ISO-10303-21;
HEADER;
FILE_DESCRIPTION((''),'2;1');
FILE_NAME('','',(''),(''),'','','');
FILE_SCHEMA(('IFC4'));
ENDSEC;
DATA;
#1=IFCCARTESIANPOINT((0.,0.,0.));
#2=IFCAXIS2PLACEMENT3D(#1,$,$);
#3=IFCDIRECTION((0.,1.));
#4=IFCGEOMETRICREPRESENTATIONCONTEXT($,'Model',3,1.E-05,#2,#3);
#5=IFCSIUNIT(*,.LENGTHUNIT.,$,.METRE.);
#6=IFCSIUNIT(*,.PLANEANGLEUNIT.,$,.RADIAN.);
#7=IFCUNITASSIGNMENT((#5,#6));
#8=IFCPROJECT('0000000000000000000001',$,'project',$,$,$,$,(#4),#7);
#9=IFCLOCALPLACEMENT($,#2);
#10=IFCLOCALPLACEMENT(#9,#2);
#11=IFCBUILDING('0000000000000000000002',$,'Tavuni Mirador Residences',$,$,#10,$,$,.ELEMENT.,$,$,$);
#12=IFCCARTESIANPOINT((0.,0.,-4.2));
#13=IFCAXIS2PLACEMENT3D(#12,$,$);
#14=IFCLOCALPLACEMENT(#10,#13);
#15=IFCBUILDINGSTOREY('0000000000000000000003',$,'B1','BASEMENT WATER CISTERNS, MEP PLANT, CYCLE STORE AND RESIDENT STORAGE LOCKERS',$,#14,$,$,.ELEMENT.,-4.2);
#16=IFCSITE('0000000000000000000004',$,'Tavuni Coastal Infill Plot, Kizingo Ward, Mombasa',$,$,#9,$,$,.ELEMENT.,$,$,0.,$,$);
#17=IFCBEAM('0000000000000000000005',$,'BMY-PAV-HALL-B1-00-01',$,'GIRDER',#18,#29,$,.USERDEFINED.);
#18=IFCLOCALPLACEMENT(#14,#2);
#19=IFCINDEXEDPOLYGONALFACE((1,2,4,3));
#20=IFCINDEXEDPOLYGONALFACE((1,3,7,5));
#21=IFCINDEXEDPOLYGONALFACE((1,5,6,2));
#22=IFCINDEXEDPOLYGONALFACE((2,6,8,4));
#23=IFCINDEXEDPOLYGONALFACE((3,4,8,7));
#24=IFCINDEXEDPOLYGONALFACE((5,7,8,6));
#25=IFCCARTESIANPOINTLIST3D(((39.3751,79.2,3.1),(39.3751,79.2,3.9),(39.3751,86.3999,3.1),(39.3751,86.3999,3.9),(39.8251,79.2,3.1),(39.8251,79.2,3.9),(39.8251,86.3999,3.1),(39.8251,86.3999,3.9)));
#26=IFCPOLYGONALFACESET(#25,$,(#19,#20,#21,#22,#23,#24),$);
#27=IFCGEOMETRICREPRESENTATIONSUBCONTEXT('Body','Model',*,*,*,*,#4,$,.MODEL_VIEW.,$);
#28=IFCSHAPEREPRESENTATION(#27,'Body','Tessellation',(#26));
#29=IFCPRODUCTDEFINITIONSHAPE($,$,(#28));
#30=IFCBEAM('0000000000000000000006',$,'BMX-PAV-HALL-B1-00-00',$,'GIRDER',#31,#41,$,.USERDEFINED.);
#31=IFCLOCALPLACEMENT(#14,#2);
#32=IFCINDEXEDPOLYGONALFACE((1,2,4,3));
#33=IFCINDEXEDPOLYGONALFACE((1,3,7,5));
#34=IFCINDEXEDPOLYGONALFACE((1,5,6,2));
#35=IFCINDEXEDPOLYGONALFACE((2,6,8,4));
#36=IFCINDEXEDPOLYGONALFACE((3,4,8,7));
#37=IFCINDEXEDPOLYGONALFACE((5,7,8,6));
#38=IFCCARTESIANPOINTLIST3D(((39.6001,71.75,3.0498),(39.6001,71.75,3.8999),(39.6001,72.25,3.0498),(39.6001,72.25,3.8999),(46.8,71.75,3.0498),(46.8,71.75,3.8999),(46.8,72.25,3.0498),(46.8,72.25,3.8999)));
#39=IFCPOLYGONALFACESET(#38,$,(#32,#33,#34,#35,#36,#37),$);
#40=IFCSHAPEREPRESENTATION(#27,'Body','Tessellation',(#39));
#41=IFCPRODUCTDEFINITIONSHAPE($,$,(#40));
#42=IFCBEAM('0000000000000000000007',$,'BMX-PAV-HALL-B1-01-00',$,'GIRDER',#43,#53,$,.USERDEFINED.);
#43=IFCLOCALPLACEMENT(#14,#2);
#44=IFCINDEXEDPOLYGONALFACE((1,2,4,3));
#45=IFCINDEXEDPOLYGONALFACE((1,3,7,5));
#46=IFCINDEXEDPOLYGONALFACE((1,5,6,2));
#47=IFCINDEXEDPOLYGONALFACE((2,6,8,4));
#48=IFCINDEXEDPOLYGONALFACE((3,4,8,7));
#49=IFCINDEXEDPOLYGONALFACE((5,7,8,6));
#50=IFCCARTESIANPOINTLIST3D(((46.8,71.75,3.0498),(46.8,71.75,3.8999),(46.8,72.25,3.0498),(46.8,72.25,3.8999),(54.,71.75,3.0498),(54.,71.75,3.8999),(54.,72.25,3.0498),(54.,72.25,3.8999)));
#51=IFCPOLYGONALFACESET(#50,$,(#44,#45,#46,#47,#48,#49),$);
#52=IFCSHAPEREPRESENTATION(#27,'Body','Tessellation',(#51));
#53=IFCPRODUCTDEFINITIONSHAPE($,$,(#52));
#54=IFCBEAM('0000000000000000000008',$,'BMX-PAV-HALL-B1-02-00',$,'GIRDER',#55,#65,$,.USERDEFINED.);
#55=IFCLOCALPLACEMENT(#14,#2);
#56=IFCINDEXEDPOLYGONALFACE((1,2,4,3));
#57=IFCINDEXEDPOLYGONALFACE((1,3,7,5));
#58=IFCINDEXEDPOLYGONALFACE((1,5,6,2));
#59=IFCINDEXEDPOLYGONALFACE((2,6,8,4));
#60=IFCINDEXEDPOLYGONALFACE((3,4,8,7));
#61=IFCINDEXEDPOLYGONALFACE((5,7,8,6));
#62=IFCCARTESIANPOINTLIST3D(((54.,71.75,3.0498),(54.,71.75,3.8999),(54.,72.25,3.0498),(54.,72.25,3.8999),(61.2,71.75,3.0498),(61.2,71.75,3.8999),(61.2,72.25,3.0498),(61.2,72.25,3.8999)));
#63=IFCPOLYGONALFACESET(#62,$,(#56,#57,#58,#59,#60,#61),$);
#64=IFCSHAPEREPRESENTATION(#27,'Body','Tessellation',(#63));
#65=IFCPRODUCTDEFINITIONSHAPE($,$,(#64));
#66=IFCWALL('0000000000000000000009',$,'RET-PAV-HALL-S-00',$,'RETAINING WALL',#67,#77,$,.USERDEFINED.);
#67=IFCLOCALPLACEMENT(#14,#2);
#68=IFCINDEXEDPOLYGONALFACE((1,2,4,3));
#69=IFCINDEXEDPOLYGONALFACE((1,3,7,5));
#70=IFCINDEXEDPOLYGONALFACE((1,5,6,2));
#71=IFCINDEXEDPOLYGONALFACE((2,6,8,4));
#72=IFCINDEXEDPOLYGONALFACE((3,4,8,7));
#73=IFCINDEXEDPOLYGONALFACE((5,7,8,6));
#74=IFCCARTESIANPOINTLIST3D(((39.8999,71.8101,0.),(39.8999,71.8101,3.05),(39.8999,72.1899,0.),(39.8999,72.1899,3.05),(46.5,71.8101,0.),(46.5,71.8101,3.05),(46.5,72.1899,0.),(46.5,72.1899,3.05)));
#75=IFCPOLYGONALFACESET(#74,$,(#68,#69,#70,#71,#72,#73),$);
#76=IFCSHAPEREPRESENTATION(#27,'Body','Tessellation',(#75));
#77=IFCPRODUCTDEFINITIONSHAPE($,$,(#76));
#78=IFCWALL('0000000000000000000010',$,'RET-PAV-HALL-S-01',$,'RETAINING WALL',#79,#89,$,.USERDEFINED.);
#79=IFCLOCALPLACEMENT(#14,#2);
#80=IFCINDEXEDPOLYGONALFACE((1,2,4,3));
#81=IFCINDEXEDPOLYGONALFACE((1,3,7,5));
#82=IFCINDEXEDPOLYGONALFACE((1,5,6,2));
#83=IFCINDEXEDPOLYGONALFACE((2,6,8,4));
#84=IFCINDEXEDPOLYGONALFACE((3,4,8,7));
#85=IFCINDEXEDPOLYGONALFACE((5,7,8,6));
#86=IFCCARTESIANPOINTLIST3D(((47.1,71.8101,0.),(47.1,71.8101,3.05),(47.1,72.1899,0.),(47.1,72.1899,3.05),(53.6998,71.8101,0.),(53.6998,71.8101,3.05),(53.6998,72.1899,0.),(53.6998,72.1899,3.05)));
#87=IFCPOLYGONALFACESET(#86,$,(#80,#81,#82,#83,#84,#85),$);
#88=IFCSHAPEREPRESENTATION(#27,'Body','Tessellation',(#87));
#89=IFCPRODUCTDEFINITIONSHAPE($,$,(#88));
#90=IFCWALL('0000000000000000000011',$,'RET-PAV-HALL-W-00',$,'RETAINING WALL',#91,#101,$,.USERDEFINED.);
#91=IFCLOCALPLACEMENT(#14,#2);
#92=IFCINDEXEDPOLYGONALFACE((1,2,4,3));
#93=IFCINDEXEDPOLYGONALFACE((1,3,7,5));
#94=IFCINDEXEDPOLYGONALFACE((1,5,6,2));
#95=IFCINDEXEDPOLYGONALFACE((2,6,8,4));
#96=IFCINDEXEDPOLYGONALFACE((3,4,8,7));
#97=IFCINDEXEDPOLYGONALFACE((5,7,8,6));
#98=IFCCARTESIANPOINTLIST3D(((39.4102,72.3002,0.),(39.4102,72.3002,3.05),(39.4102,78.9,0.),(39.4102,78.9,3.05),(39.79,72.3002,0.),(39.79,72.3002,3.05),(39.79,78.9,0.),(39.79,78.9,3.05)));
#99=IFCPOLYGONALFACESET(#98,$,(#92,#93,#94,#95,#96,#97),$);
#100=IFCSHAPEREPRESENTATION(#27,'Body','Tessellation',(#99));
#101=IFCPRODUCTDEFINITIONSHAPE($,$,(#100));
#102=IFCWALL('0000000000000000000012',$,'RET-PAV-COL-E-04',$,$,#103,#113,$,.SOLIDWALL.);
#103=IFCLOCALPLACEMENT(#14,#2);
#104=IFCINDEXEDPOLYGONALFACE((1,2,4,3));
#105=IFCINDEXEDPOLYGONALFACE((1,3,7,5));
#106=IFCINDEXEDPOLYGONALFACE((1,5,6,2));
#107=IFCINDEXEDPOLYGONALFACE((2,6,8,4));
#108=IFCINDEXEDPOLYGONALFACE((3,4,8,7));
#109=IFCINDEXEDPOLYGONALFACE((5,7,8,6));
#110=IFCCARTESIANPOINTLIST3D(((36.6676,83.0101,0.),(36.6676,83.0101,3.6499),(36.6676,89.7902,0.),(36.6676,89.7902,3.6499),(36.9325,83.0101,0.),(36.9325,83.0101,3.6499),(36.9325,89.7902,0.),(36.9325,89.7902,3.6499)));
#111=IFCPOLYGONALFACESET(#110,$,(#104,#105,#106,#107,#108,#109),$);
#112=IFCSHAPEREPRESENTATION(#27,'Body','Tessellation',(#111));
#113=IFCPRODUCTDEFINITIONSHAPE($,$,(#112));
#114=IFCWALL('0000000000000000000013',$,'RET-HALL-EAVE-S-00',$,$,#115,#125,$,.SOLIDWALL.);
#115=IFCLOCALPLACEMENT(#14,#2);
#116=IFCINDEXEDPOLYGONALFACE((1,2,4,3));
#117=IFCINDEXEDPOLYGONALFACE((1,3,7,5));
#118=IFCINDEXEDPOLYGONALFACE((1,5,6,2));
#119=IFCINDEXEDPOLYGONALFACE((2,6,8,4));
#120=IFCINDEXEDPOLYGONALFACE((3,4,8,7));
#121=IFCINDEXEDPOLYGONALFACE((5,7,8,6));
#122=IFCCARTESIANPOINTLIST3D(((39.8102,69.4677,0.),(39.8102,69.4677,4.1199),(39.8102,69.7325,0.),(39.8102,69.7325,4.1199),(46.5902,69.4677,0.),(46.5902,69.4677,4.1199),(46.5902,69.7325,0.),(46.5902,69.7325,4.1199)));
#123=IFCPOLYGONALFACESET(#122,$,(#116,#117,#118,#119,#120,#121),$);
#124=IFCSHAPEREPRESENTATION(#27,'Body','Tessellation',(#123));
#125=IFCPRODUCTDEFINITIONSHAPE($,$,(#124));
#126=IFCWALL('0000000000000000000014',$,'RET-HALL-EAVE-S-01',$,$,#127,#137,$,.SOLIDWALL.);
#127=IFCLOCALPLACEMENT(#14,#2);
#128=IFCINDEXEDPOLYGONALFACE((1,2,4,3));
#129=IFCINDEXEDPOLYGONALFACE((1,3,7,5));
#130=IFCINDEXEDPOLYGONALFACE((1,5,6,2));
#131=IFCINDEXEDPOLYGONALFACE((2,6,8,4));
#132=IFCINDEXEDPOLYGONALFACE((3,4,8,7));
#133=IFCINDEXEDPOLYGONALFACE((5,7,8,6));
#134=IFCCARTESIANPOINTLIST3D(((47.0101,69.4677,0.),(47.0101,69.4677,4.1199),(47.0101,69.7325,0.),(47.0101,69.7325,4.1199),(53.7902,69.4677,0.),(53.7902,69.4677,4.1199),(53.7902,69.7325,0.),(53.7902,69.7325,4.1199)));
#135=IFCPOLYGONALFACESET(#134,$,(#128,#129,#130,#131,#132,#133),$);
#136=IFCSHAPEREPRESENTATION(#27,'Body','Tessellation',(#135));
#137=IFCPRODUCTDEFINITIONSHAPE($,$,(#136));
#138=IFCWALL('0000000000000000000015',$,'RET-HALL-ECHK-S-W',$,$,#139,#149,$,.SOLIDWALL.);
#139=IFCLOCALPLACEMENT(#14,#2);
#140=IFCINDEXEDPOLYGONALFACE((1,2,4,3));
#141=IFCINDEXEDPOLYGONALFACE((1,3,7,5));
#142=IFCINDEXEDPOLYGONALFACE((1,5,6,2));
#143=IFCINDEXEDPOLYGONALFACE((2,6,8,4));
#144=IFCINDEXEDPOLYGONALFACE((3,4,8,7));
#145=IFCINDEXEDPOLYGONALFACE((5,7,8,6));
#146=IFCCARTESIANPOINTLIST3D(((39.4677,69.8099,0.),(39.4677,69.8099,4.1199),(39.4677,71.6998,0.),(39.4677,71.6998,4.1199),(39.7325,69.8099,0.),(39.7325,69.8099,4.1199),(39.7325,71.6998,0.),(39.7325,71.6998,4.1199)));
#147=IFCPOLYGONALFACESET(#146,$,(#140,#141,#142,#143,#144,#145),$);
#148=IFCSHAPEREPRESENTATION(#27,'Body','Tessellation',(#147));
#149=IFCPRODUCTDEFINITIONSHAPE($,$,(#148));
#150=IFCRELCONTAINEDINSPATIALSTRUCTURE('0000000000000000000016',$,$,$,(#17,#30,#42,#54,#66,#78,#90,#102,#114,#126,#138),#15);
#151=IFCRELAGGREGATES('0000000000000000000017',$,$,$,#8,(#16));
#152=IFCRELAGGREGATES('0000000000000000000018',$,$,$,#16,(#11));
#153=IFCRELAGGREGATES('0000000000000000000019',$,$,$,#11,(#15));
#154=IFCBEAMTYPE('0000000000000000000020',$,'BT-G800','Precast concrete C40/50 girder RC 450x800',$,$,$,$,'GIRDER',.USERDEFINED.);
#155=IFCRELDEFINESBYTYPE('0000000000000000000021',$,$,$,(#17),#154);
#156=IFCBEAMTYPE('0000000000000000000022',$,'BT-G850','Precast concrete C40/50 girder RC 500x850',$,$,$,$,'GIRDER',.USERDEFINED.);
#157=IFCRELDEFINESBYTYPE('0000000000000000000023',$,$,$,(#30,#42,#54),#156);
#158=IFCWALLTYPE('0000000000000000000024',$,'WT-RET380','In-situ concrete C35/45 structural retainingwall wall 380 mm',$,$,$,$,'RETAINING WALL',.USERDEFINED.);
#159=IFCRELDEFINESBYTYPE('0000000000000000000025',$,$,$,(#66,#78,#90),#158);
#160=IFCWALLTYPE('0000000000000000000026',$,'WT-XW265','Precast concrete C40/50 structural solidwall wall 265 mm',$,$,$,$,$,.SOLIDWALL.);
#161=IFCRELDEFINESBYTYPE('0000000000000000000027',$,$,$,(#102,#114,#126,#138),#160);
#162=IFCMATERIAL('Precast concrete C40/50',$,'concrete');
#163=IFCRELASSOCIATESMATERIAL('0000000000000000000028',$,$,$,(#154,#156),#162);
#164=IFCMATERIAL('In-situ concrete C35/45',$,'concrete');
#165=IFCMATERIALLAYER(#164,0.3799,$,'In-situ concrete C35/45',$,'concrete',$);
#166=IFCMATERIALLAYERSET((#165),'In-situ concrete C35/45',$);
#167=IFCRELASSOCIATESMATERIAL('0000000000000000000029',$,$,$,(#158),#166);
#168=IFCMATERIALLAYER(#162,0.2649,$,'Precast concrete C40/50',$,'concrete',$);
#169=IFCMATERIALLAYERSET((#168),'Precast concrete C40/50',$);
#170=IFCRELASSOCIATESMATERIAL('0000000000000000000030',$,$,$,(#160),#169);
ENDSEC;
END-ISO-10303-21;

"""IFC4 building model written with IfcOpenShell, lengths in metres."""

from ifc_helpers import new_model, si_unit, direction, frame, frame_2d, origin, origin_2d, place, context, subcontext, project, spatial, rectangle, extrude, material, layer, layer_set, material_profile, profile_set, type_object, element, save


model = new_model("IFC4")

# Units and contexts
model_context = context("Model", 3, precision=1e-05, world=origin(), true_north=direction((0.0, 1.0)))
body_context = subcontext(model_context, "Body", "Model", "MODEL_VIEW")
ifc_project = project(units=[si_unit("LENGTHUNIT", "METRE"), si_unit("PLANEANGLEUNIT", "RADIAN")], contexts=[model_context])

# Site, building, storey
site_placement = place(None, origin())
site = spatial("IfcSite", under=ifc_project, at=site_placement, Name="Tavuni Coastal Infill Plot, Kizingo Ward, Mombasa", CompositionType="ELEMENT", RefElevation=0.0)
building_placement = place(site_placement, origin())
building = spatial("IfcBuilding", under=site, at=building_placement, Name="Tavuni Mirador Residences", CompositionType="ELEMENT")
storey_placement = place(building_placement, frame((0.0, 0.0, -4.2)))
storey = spatial("IfcBuildingStorey", under=building, at=storey_placement, Name="B1", Description="BASEMENT WATER CISTERNS, MEP PLANT, CYCLE STORE AND RESIDENT STORAGE LOCKERS", CompositionType="ELEMENT", Elevation=-4.2)

# Shared definitions
ifc_material_1 = material(Name="In-situ concrete C35/45", Category="concrete")

# Shared definitions
ifc_material_2 = material(Name="Precast concrete C40/50", Category="concrete")

# Beams
ifc_material_profile_1 = material_profile(ifc_material_2, rectangle(XDim=0.45, YDim=0.8, at=origin_2d()), Name="RC 450x800", Category="concrete")
ifc_profile_set_1 = profile_set([ifc_material_profile_1], Name="Precast concrete C40/50")
beam_type_1 = type_object("IfcBeamType", Name="BT-G800", Description="Precast concrete C40/50 girder RC 450x800", ElementType="GIRDER", PredefinedType="USERDEFINED", material=ifc_profile_set_1)
for number, where, z_axis, x_axis, name in (
    (1, (39.6001, 79.2, 3.5), (0.0, 1.0, 0.0), (-1.0, 0.0, 0.0), "BMY-PAV-HALL-B1-00-01"),
):
    element("IfcBeam", number, at=place(storey_placement, frame(where, z_axis=z_axis, x_axis=x_axis)), inside=storey, type_object=beam_type_1, Name=name, ObjectType="GIRDER", PredefinedType="USERDEFINED", context=body_context, shape_type="SweptSolid", body=[
        extrude(rectangle(XDim=0.45, YDim=0.8, at=origin_2d()), origin(), (0.0, 0.0, 1.0), 7.2),
    ])
ifc_material_profile_2 = material_profile(ifc_material_2, rectangle(XDim=0.5, YDim=0.8501, at=origin_2d()), Name="RC 500x850", Category="concrete")
ifc_profile_set_2 = profile_set([ifc_material_profile_2], Name="Precast concrete C40/50")
beam_type_2 = type_object("IfcBeamType", Name="BT-G850", Description="Precast concrete C40/50 girder RC 500x850", ElementType="GIRDER", PredefinedType="USERDEFINED", material=ifc_profile_set_2)
for number, where, z_axis, x_axis, name in (
    (2, (39.6001, 72.0, 3.4749), (1.0, 0.0, 0.0), (0.0, 1.0, 0.0), "BMX-PAV-HALL-B1-00-00"),
    (3, (46.8, 72.0, 3.4749), (1.0, 0.0, 0.0), (0.0, 1.0, 0.0), "BMX-PAV-HALL-B1-01-00"),
    (4, (54.0, 72.0, 3.4749), (1.0, 0.0, 0.0), (0.0, 1.0, 0.0), "BMX-PAV-HALL-B1-02-00"),
):
    element("IfcBeam", number, at=place(storey_placement, frame(where, z_axis=z_axis, x_axis=x_axis)), inside=storey, type_object=beam_type_2, Name=name, ObjectType="GIRDER", PredefinedType="USERDEFINED", context=body_context, shape_type="SweptSolid", body=[
        extrude(rectangle(XDim=0.5, YDim=0.8501, at=origin_2d()), origin(), (0.0, 0.0, 1.0), 7.2),
    ])

# Walls
ifc_layer_1 = layer(ifc_material_1, 0.3799, Name="In-situ concrete C35/45", Category="concrete")
ifc_layer_set_1 = layer_set([ifc_layer_1], Name="In-situ concrete C35/45")
wall_type_1 = type_object("IfcWallType", Name="WT-RET380", Description="In-situ concrete C35/45 structural retainingwall wall 380 mm", ElementType="RETAINING WALL", PredefinedType="USERDEFINED", material=ifc_layer_set_1)
wall_1_placement = place(storey_placement, frame((39.8999, 72.0, 0.0), z_axis=(0.0, 0.0, 1.0), x_axis=(1.0, 0.0, 0.0)))
element("IfcWall", 5, at=wall_1_placement, inside=storey, type_object=wall_type_1, Name="RET-PAV-HALL-S-00", ObjectType="RETAINING WALL", PredefinedType="USERDEFINED", context=body_context, shape_type="SweptSolid", body=[
    extrude(rectangle(XDim=6.6001, YDim=0.3799, at=frame_2d((3.3, 0.0))), origin(), (0.0, 0.0, 1.0), 3.05),
])
for number, where, z_axis, x_axis, name in (
    (6, (47.1001, 72.0, 0.0), (0.0, 0.0, 1.0), (1.0, 0.0, 0.0), "RET-PAV-HALL-S-01"),
    (7, (39.6001, 78.8999, 0.0), (0.0, 0.0, 1.0), (0.0, -1.0, 0.0), "RET-PAV-HALL-W-00"),
):
    element("IfcWall", number, at=place(storey_placement, frame(where, z_axis=z_axis, x_axis=x_axis)), inside=storey, type_object=wall_type_1, Name=name, ObjectType="RETAINING WALL", PredefinedType="USERDEFINED", context=body_context, shape_type="SweptSolid", body=[
        extrude(rectangle(XDim=6.5999, YDim=0.3799, at=frame_2d((3.2998, 0.0))), origin(), (0.0, 0.0, 1.0), 3.05),
    ])
ifc_layer_2 = layer(ifc_material_2, 0.2649, Name="Precast concrete C40/50", Category="concrete")
ifc_layer_set_2 = layer_set([ifc_layer_2], Name="Precast concrete C40/50")
wall_type_2 = type_object("IfcWallType", Name="WT-XW265", Description="Precast concrete C40/50 structural solidwall wall 265 mm", PredefinedType="SOLIDWALL", material=ifc_layer_set_2)
wall_2_placement = place(storey_placement, frame((36.8, 83.01, 0.0), z_axis=(0.0, 0.0, 1.0), x_axis=(0.0, 1.0, 0.0)))
element("IfcWall", 8, at=wall_2_placement, inside=storey, type_object=wall_type_2, Name="RET-PAV-COL-E-04", PredefinedType="SOLIDWALL", context=body_context, shape_type="SweptSolid", body=[
    extrude(rectangle(XDim=6.78, YDim=0.2649, at=frame_2d((3.3901, 0.0))), origin(), (0.0, 0.0, 1.0), 3.6499),
])
for number, where, z_axis, x_axis, name in (
    (9, (39.8101, 69.6001, 0.0), (0.0, 0.0, 1.0), (1.0, 0.0, 0.0), "RET-HALL-EAVE-S-00"),
    (10, (47.01, 69.6001, 0.0), (0.0, 0.0, 1.0), (1.0, 0.0, 0.0), "RET-HALL-EAVE-S-01"),
):
    element("IfcWall", number, at=place(storey_placement, frame(where, z_axis=z_axis, x_axis=x_axis)), inside=storey, type_object=wall_type_2, Name=name, PredefinedType="SOLIDWALL", context=body_context, shape_type="SweptSolid", body=[
        extrude(rectangle(XDim=6.78, YDim=0.2649, at=frame_2d((3.3901, 0.0))), origin(), (0.0, 0.0, 1.0), 4.1199),
    ])
wall_3_placement = place(storey_placement, frame((39.6001, 69.8101, 0.0), z_axis=(0.0, 0.0, 1.0), x_axis=(0.0, 1.0, 0.0)))
element("IfcWall", 11, at=wall_3_placement, inside=storey, type_object=wall_type_2, Name="RET-HALL-ECHK-S-W", PredefinedType="SOLIDWALL", context=body_context, shape_type="SweptSolid", body=[
    extrude(rectangle(XDim=1.8899, YDim=0.2649, at=frame_2d((0.9448, 0.0))), origin(), (0.0, 0.0, 1.0), 4.1199),
])

save(model, "model.ifc")
